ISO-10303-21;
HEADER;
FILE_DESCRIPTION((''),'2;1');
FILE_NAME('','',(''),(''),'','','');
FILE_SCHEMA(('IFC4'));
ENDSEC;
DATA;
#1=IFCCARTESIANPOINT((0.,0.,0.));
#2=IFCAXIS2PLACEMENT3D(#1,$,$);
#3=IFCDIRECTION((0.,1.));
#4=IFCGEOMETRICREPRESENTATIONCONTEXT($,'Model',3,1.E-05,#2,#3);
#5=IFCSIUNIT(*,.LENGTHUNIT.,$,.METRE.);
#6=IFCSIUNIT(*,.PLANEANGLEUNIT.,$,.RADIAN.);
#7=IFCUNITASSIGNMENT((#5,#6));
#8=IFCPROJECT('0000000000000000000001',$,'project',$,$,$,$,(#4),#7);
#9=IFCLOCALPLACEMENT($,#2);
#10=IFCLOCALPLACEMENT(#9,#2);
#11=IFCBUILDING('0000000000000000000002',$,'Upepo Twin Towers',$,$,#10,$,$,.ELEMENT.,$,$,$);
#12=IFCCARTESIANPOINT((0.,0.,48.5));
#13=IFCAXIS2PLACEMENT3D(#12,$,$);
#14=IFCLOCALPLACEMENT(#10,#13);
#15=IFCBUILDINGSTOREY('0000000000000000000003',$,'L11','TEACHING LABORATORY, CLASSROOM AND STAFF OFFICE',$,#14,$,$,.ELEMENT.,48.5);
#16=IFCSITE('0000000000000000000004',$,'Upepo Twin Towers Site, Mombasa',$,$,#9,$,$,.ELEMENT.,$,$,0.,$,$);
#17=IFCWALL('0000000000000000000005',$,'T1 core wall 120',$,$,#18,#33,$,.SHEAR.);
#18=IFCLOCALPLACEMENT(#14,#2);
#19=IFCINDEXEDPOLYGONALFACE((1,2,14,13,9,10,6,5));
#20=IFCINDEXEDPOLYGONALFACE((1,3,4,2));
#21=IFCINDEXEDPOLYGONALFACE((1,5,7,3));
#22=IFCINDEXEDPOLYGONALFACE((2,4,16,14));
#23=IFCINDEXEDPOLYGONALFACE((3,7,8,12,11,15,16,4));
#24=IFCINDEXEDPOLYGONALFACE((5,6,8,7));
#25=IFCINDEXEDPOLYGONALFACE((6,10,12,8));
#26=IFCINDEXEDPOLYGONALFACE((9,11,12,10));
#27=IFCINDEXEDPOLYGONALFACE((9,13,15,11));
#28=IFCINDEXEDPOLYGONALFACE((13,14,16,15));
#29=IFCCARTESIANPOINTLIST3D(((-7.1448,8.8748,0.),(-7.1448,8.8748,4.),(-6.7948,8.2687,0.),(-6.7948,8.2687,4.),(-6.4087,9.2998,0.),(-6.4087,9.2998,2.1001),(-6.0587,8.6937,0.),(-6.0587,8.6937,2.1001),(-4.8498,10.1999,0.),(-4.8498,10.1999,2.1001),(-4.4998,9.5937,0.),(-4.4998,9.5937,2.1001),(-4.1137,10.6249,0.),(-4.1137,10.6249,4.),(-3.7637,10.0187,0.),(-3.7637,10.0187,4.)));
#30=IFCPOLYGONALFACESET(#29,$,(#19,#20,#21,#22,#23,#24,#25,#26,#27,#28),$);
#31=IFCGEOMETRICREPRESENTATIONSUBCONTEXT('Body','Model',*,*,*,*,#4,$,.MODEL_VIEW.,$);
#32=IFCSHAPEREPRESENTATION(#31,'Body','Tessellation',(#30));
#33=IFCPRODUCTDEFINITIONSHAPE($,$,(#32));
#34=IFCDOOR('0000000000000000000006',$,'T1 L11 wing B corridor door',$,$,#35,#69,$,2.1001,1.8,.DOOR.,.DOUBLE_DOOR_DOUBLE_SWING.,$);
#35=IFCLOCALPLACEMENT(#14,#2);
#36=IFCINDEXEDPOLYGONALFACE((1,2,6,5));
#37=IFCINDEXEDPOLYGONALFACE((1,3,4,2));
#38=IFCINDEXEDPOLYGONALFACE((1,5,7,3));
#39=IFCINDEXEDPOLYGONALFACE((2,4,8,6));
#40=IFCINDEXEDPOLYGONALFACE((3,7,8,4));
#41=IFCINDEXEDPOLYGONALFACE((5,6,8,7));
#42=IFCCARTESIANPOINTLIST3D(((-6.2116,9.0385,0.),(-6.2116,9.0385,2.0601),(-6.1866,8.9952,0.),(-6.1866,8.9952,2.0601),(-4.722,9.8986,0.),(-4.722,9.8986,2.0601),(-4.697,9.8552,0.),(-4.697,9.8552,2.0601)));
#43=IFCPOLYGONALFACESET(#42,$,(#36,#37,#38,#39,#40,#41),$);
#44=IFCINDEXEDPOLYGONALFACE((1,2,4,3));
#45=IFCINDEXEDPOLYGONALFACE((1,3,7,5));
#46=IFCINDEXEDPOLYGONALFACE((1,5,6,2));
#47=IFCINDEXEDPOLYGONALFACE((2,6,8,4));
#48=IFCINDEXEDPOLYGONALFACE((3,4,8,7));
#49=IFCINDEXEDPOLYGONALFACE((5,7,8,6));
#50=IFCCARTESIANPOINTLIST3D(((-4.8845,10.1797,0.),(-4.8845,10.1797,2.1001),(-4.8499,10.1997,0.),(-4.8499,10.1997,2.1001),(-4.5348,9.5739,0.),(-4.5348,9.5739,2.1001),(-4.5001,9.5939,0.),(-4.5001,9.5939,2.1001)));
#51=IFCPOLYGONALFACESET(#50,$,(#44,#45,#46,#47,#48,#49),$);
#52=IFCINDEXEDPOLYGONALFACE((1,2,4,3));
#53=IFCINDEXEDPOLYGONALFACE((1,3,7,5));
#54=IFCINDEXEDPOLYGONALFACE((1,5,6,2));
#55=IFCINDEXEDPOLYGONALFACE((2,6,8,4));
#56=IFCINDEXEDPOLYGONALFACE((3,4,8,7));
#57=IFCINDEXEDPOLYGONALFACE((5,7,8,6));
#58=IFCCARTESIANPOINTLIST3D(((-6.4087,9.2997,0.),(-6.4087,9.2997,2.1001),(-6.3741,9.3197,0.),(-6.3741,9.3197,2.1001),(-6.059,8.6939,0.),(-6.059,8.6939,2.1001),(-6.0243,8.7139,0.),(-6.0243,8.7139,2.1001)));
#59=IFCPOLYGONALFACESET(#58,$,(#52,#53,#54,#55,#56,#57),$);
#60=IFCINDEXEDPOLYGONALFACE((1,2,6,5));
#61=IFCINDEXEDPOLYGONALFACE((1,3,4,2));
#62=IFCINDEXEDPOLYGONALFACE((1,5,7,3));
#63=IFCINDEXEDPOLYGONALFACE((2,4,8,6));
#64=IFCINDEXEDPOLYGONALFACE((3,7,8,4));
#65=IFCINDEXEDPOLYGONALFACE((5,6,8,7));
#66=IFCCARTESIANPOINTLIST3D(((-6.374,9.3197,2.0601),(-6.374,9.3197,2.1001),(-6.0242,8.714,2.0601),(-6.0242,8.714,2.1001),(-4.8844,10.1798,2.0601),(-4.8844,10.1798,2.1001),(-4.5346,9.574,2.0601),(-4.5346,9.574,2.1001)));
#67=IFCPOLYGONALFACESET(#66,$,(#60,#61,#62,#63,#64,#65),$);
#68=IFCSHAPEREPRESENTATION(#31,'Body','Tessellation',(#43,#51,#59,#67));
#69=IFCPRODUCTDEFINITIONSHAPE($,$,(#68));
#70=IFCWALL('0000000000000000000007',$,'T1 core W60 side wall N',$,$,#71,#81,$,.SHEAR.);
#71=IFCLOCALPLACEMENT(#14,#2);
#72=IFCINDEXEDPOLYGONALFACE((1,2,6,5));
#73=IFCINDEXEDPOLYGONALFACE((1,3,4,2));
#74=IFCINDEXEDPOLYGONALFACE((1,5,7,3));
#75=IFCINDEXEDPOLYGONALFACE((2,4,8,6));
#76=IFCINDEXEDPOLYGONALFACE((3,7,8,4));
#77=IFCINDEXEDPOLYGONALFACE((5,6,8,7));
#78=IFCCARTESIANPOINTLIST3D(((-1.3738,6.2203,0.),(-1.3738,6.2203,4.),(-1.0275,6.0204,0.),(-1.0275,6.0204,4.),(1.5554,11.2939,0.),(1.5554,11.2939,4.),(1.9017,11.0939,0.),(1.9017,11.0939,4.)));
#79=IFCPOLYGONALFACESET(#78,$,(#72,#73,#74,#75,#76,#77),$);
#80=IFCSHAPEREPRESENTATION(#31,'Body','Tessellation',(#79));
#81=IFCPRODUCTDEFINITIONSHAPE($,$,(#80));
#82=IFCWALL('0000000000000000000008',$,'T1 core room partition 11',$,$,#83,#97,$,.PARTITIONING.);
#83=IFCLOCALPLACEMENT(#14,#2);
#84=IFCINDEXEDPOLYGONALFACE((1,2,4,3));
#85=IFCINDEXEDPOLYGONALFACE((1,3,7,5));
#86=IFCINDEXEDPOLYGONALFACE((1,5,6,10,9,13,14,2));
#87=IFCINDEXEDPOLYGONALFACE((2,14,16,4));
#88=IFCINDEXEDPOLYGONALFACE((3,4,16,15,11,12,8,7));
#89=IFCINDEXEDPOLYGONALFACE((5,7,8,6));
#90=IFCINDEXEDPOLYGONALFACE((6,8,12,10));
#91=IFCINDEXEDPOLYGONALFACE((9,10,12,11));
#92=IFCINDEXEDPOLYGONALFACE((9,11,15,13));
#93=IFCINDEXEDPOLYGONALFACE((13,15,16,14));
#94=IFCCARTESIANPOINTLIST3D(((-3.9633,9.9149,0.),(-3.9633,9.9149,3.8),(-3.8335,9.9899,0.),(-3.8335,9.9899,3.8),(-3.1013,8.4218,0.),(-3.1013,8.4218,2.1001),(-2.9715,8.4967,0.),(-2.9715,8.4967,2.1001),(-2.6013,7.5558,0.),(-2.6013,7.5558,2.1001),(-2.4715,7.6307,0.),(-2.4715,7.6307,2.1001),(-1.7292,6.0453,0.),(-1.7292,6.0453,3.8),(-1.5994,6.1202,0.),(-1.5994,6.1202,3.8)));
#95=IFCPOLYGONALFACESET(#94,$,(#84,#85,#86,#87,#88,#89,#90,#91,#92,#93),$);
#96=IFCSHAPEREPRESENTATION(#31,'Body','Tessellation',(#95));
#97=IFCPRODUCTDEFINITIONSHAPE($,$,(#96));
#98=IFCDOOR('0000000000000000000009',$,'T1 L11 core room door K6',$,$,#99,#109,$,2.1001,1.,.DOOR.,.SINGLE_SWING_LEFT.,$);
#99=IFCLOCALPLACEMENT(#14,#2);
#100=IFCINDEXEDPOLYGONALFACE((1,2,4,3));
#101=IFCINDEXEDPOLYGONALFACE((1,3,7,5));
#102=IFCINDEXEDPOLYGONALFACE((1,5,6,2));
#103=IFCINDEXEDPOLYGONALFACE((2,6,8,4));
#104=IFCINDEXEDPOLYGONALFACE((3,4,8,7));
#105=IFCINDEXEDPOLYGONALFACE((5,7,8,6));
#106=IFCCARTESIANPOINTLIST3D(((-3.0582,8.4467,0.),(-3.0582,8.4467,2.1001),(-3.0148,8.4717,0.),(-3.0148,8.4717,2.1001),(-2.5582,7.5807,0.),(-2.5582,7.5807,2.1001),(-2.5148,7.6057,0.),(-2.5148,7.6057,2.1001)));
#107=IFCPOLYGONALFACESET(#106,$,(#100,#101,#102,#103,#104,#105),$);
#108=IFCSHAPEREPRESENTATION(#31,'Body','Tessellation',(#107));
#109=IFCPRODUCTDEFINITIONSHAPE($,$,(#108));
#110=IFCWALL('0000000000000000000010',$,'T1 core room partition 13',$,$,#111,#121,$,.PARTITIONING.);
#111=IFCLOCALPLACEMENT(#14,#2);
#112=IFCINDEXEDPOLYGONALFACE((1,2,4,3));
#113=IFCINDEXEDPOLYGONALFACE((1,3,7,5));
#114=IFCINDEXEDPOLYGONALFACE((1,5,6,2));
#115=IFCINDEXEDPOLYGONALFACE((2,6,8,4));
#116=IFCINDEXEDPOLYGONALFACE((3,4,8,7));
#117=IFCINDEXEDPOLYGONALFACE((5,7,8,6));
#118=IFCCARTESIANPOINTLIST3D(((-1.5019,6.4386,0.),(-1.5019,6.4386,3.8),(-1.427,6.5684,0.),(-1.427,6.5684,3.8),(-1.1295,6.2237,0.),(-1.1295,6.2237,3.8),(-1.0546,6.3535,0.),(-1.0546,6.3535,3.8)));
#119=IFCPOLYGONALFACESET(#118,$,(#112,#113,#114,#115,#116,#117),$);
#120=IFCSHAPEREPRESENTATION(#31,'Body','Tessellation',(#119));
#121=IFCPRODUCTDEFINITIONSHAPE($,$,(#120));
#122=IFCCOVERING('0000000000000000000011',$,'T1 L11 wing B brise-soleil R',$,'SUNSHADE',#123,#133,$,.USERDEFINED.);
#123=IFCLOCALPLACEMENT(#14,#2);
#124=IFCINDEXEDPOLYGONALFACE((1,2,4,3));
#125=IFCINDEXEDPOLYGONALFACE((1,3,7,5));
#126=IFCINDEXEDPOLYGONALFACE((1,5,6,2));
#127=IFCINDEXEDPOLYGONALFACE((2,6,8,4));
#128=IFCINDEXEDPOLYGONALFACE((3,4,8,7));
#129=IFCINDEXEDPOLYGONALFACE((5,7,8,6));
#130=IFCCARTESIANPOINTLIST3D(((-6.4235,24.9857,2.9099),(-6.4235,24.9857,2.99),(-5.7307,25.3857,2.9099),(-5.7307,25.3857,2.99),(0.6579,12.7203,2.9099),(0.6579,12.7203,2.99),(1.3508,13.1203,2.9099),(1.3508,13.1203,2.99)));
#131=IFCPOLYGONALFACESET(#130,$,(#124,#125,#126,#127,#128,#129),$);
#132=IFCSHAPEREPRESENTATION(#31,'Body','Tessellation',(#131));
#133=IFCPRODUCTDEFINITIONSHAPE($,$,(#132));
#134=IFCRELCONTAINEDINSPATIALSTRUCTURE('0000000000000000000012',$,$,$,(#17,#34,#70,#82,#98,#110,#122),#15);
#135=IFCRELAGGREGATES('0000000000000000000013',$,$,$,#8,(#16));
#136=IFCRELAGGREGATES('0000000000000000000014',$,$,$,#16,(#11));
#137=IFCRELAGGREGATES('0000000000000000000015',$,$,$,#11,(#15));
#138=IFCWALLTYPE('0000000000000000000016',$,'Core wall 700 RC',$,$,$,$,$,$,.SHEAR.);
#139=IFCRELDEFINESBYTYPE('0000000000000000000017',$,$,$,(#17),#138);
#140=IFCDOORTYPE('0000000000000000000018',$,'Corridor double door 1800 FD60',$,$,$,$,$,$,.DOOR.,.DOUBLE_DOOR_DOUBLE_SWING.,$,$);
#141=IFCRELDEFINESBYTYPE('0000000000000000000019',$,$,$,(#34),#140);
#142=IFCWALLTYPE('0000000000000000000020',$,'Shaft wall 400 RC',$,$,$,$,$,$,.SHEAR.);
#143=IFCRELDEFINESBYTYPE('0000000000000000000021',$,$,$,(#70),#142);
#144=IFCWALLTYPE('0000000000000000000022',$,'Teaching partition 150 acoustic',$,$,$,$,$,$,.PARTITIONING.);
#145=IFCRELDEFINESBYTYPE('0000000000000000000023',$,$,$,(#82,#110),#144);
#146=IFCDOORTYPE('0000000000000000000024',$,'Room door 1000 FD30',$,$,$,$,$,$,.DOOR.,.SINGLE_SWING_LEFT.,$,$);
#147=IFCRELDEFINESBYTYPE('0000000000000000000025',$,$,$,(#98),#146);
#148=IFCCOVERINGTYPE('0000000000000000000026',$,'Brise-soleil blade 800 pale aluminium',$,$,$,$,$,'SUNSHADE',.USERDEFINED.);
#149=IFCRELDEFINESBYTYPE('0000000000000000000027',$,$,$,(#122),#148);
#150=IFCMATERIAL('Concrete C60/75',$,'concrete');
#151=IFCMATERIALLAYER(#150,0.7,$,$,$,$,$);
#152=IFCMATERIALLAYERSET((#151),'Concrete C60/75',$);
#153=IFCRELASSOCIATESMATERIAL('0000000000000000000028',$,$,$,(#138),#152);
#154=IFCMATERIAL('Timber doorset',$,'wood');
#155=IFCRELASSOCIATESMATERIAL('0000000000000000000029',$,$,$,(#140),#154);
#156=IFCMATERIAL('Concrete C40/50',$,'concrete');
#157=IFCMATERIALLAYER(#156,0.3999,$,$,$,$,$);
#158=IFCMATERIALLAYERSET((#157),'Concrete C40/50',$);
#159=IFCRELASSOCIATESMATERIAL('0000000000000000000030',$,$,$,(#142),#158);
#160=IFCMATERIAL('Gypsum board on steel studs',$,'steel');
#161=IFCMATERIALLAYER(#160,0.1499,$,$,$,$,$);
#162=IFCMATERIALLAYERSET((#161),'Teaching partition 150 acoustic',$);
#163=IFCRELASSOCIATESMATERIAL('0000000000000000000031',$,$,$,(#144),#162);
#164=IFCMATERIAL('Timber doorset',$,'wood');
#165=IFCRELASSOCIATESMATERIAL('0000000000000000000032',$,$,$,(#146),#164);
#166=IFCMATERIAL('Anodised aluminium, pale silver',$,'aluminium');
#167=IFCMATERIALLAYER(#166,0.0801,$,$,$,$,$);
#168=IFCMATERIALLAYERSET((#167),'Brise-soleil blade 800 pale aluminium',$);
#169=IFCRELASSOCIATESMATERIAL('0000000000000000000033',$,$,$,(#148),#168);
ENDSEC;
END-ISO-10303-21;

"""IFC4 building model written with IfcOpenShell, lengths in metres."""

from ifc_helpers import new_model, si_unit, direction, frame, frame_2d, origin, origin_2d, place, context, subcontext, project, spatial, rectangle, extrude, material, layer, layer_set, type_object, element, fill, save


model = new_model("IFC4")

# Units and contexts
model_context = context("Model", 3, precision=1e-05, world=origin(), true_north=direction((0.0, 1.0)))
body_context = subcontext(model_context, "Body", "Model", "MODEL_VIEW")
ifc_project = project(units=[si_unit("LENGTHUNIT", "METRE"), si_unit("PLANEANGLEUNIT", "RADIAN")], contexts=[model_context])

# Site, building, storey
site_placement = place(None, origin())
site = spatial("IfcSite", under=ifc_project, at=site_placement, Name="Upepo Twin Towers Site, Mombasa", CompositionType="ELEMENT", RefElevation=0.0)
building_placement = place(site_placement, origin())
building = spatial("IfcBuilding", under=site, at=building_placement, Name="Upepo Twin Towers", CompositionType="ELEMENT")
storey_placement = place(building_placement, frame((0.0, 0.0, 48.5)))
storey = spatial("IfcBuildingStorey", under=building, at=storey_placement, Name="L11", Description="TEACHING LABORATORY, CLASSROOM AND STAFF OFFICE", CompositionType="ELEMENT", Elevation=48.5)

# Shared definitions
ifc_material_1 = material(Name="Concrete C60/75", Category="concrete")
ifc_layer_1 = layer(ifc_material_1, 0.7)
ifc_layer_set_1 = layer_set([ifc_layer_1], Name="Concrete C60/75")
wall_type_1 = type_object("IfcWallType", Name="Core wall 700 RC", PredefinedType="SHEAR", material=ifc_layer_set_1)

# Wall, opening, door
wall_1_placement = place(storey_placement, frame((-3.9387, 10.3218, 0.0), z_axis=(0.0, 0.0, 1.0), x_axis=(-0.866019, -0.50001, 0.0)))
wall_1 = element("IfcWall", 1, at=wall_1_placement, inside=storey, type_object=wall_type_1, Name="T1 core wall 120", PredefinedType="SHEAR", context=body_context, shape_type="SweptSolid", body=[
    extrude(rectangle(XDim=3.5, YDim=0.7, at=frame_2d((1.75, 0.0))), origin(), (0.0, 0.0, 1.0), 4.0),
])
opening_1_placement = place(wall_1_placement, frame((0.8501, 0.0, 0.0)))
opening_1 = element("IfcOpeningElement", 2, at=opening_1_placement, cuts=wall_1, PredefinedType="OPENING", context=body_context, shape_type="SweptSolid", body=[
    extrude(rectangle(XDim=1.8, YDim=2.1001, at=frame_2d((0.8999, 1.05))), frame((0.0, 0.3599, 0.0), z_axis=(0.0, -1.0, 0.0), x_axis=(1.0, 0.0, 0.0)), (0.0, 0.0, 1.0), 0.72),
])
ifc_material_2 = material(Name="Timber doorset", Category="wood")
door_type_1 = type_object("IfcDoorType", Name="Corridor double door 1800 FD60", OperationType="DOUBLE_DOOR_DOUBLE_SWING", PredefinedType="DOOR", material=ifc_material_2)
door_1_placement = place(opening_1_placement, origin())
door_1 = element("IfcDoor", 3, at=door_1_placement, inside=storey, type_object=door_type_1, Name="T1 L11 wing B corridor door", OperationType="DOUBLE_DOOR_DOUBLE_SWING", OverallHeight=2.1001, OverallWidth=1.8, PredefinedType="DOOR", context=body_context, shape_type="SweptSolid", body=[
    extrude(rectangle(XDim=1.72, YDim=2.0601, at=frame_2d((0.8999, 1.03))), frame((0.0, 0.0249, 0.0), z_axis=(0.0, -1.0, 0.0), x_axis=(1.0, 0.0, 0.0)), (0.0, 0.0, 1.0), 0.05),
    extrude(rectangle(XDim=0.04, YDim=2.1001, at=frame_2d((0.02, 1.05))), frame((0.0, 0.3496, 0.0), z_axis=(0.0, -1.0, 0.0), x_axis=(1.0, 0.0, 0.0)), (0.0, 0.0, 1.0), 0.6995),
    extrude(rectangle(XDim=0.04, YDim=2.1001, at=frame_2d((1.78, 1.05))), frame((0.0, 0.3496, 0.0), z_axis=(0.0, -1.0, 0.0), x_axis=(1.0, 0.0, 0.0)), (0.0, 0.0, 1.0), 0.6995),
    extrude(rectangle(XDim=1.72, YDim=0.04, at=frame_2d((0.8999, 2.0801))), frame((0.0, 0.3496, 0.0), z_axis=(0.0, -1.0, 0.0), x_axis=(1.0, 0.0, 0.0)), (0.0, 0.0, 1.0), 0.6995),
])
fill(opening_1, door_1)

# Wall
ifc_material_3 = material(Name="Concrete C40/50", Category="concrete")
ifc_layer_2 = layer(ifc_material_3, 0.3999)
ifc_layer_set_2 = layer_set([ifc_layer_2], Name="Concrete C40/50")
wall_type_2 = type_object("IfcWallType", Name="Shaft wall 400 RC", PredefinedType="SHEAR", material=ifc_layer_set_2)
wall_2_placement = place(storey_placement, frame((-1.2007, 6.1204, 0.0), z_axis=(0.0, 0.0, 1.0), x_axis=(0.500003, 0.866024, 0.0)))
element("IfcWall", 4, at=wall_2_placement, inside=storey, type_object=wall_type_2, Name="T1 core W60 side wall N", PredefinedType="SHEAR", context=body_context, shape_type="SweptSolid", body=[
    extrude(rectangle(XDim=5.8584, YDim=0.3999, at=frame_2d((2.9292, 0.0))), origin(), (0.0, 0.0, 1.0), 4.0),
])

# Wall, opening, door
ifc_material_4 = material(Name="Gypsum board on steel studs", Category="steel")
ifc_layer_3 = layer(ifc_material_4, 0.1499)
ifc_layer_set_3 = layer_set([ifc_layer_3], Name="Teaching partition 150 acoustic")
wall_type_3 = type_object("IfcWallType", Name="Teaching partition 150 acoustic", PredefinedType="PARTITIONING", material=ifc_layer_set_3)
wall_3_placement = place(storey_placement, frame((-3.8984, 9.9524, 0.0), z_axis=(0.0, 0.0, 1.0), x_axis=(0.5, -0.866025, 0.0)))
wall_3 = element("IfcWall", 5, at=wall_3_placement, inside=storey, type_object=wall_type_3, Name="T1 core room partition 11", PredefinedType="PARTITIONING", context=body_context, shape_type="SweptSolid", body=[
    extrude(rectangle(XDim=4.4683, YDim=0.1499, at=frame_2d((2.2341, 0.0))), origin(), (0.0, 0.0, 1.0), 3.8),
])
opening_2_placement = place(wall_3_placement, frame((1.7241, 0.0, 0.0)))
opening_2 = element("IfcOpeningElement", 6, at=opening_2_placement, cuts=wall_3, PredefinedType="OPENING", context=body_context, shape_type="SweptSolid", body=[
    extrude(rectangle(XDim=1.0, YDim=2.1001, at=frame_2d((0.5, 1.05))), frame((0.0, 0.085, 0.0), z_axis=(0.0, -1.0, 0.0), x_axis=(1.0, 0.0, 0.0)), (0.0, 0.0, 1.0), 0.1699),
])
ifc_material_5 = material(Name="Timber doorset", Category="wood")
door_type_2 = type_object("IfcDoorType", Name="Room door 1000 FD30", OperationType="SINGLE_SWING_LEFT", PredefinedType="DOOR", material=ifc_material_5)
door_2_placement = place(opening_2_placement, origin())
door_2 = element("IfcDoor", 7, at=door_2_placement, inside=storey, type_object=door_type_2, Name="T1 L11 core room door K6", OperationType="SINGLE_SWING_LEFT", OverallHeight=2.1001, OverallWidth=1.0, PredefinedType="DOOR", context=body_context, shape_type="SweptSolid", body=[
    extrude(rectangle(XDim=1.0, YDim=2.1001, at=frame_2d((0.5, 1.05))), frame((0.0, 0.0249, 0.0), z_axis=(0.0, -1.0, 0.0), x_axis=(1.0, 0.0, 0.0)), (0.0, 0.0, 1.0), 0.05),
])
fill(opening_2, door_2)

# Wall
wall_4_placement = place(storey_placement, frame((-1.4644, 6.5034, 0.0), z_axis=(0.0, 0.0, 1.0), x_axis=(0.866138, -0.499804, 0.0)))
element("IfcWall", 8, at=wall_4_placement, inside=storey, type_object=wall_type_3, Name="T1 core room partition 13", PredefinedType="PARTITIONING", context=body_context, shape_type="SweptSolid", body=[
    extrude(rectangle(XDim=0.4299, YDim=0.1499, at=frame_2d((0.2148, 0.0))), origin(), (0.0, 0.0, 1.0), 3.8),
])

# Covering
ifc_material_6 = material(Name="Anodised aluminium, pale silver", Category="aluminium")
ifc_layer_4 = layer(ifc_material_6, 0.0801)
ifc_layer_set_4 = layer_set([ifc_layer_4], Name="Brise-soleil blade 800 pale aluminium")
covering_type = type_object("IfcCoveringType", Name="Brise-soleil blade 800 pale aluminium", ElementType="SUNSHADE", PredefinedType="USERDEFINED", material=ifc_layer_set_4)
covering_placement = place(storey_placement, frame((-2.5364, 19.053, 2.9099), z_axis=(0.0, 0.0, 1.0), x_axis=(-0.5, 0.866025, 0.0)))
element("IfcCovering", 9, at=covering_placement, inside=storey, type_object=covering_type, Name="T1 L11 wing B brise-soleil R", ObjectType="SUNSHADE", PredefinedType="USERDEFINED", context=body_context, shape_type="SweptSolid", body=[
    extrude(rectangle(XDim=14.1628, YDim=0.8, at=origin_2d()), origin(), (0.0, 0.0, 1.0), 0.0801),
])

save(model, "model.ifc")
